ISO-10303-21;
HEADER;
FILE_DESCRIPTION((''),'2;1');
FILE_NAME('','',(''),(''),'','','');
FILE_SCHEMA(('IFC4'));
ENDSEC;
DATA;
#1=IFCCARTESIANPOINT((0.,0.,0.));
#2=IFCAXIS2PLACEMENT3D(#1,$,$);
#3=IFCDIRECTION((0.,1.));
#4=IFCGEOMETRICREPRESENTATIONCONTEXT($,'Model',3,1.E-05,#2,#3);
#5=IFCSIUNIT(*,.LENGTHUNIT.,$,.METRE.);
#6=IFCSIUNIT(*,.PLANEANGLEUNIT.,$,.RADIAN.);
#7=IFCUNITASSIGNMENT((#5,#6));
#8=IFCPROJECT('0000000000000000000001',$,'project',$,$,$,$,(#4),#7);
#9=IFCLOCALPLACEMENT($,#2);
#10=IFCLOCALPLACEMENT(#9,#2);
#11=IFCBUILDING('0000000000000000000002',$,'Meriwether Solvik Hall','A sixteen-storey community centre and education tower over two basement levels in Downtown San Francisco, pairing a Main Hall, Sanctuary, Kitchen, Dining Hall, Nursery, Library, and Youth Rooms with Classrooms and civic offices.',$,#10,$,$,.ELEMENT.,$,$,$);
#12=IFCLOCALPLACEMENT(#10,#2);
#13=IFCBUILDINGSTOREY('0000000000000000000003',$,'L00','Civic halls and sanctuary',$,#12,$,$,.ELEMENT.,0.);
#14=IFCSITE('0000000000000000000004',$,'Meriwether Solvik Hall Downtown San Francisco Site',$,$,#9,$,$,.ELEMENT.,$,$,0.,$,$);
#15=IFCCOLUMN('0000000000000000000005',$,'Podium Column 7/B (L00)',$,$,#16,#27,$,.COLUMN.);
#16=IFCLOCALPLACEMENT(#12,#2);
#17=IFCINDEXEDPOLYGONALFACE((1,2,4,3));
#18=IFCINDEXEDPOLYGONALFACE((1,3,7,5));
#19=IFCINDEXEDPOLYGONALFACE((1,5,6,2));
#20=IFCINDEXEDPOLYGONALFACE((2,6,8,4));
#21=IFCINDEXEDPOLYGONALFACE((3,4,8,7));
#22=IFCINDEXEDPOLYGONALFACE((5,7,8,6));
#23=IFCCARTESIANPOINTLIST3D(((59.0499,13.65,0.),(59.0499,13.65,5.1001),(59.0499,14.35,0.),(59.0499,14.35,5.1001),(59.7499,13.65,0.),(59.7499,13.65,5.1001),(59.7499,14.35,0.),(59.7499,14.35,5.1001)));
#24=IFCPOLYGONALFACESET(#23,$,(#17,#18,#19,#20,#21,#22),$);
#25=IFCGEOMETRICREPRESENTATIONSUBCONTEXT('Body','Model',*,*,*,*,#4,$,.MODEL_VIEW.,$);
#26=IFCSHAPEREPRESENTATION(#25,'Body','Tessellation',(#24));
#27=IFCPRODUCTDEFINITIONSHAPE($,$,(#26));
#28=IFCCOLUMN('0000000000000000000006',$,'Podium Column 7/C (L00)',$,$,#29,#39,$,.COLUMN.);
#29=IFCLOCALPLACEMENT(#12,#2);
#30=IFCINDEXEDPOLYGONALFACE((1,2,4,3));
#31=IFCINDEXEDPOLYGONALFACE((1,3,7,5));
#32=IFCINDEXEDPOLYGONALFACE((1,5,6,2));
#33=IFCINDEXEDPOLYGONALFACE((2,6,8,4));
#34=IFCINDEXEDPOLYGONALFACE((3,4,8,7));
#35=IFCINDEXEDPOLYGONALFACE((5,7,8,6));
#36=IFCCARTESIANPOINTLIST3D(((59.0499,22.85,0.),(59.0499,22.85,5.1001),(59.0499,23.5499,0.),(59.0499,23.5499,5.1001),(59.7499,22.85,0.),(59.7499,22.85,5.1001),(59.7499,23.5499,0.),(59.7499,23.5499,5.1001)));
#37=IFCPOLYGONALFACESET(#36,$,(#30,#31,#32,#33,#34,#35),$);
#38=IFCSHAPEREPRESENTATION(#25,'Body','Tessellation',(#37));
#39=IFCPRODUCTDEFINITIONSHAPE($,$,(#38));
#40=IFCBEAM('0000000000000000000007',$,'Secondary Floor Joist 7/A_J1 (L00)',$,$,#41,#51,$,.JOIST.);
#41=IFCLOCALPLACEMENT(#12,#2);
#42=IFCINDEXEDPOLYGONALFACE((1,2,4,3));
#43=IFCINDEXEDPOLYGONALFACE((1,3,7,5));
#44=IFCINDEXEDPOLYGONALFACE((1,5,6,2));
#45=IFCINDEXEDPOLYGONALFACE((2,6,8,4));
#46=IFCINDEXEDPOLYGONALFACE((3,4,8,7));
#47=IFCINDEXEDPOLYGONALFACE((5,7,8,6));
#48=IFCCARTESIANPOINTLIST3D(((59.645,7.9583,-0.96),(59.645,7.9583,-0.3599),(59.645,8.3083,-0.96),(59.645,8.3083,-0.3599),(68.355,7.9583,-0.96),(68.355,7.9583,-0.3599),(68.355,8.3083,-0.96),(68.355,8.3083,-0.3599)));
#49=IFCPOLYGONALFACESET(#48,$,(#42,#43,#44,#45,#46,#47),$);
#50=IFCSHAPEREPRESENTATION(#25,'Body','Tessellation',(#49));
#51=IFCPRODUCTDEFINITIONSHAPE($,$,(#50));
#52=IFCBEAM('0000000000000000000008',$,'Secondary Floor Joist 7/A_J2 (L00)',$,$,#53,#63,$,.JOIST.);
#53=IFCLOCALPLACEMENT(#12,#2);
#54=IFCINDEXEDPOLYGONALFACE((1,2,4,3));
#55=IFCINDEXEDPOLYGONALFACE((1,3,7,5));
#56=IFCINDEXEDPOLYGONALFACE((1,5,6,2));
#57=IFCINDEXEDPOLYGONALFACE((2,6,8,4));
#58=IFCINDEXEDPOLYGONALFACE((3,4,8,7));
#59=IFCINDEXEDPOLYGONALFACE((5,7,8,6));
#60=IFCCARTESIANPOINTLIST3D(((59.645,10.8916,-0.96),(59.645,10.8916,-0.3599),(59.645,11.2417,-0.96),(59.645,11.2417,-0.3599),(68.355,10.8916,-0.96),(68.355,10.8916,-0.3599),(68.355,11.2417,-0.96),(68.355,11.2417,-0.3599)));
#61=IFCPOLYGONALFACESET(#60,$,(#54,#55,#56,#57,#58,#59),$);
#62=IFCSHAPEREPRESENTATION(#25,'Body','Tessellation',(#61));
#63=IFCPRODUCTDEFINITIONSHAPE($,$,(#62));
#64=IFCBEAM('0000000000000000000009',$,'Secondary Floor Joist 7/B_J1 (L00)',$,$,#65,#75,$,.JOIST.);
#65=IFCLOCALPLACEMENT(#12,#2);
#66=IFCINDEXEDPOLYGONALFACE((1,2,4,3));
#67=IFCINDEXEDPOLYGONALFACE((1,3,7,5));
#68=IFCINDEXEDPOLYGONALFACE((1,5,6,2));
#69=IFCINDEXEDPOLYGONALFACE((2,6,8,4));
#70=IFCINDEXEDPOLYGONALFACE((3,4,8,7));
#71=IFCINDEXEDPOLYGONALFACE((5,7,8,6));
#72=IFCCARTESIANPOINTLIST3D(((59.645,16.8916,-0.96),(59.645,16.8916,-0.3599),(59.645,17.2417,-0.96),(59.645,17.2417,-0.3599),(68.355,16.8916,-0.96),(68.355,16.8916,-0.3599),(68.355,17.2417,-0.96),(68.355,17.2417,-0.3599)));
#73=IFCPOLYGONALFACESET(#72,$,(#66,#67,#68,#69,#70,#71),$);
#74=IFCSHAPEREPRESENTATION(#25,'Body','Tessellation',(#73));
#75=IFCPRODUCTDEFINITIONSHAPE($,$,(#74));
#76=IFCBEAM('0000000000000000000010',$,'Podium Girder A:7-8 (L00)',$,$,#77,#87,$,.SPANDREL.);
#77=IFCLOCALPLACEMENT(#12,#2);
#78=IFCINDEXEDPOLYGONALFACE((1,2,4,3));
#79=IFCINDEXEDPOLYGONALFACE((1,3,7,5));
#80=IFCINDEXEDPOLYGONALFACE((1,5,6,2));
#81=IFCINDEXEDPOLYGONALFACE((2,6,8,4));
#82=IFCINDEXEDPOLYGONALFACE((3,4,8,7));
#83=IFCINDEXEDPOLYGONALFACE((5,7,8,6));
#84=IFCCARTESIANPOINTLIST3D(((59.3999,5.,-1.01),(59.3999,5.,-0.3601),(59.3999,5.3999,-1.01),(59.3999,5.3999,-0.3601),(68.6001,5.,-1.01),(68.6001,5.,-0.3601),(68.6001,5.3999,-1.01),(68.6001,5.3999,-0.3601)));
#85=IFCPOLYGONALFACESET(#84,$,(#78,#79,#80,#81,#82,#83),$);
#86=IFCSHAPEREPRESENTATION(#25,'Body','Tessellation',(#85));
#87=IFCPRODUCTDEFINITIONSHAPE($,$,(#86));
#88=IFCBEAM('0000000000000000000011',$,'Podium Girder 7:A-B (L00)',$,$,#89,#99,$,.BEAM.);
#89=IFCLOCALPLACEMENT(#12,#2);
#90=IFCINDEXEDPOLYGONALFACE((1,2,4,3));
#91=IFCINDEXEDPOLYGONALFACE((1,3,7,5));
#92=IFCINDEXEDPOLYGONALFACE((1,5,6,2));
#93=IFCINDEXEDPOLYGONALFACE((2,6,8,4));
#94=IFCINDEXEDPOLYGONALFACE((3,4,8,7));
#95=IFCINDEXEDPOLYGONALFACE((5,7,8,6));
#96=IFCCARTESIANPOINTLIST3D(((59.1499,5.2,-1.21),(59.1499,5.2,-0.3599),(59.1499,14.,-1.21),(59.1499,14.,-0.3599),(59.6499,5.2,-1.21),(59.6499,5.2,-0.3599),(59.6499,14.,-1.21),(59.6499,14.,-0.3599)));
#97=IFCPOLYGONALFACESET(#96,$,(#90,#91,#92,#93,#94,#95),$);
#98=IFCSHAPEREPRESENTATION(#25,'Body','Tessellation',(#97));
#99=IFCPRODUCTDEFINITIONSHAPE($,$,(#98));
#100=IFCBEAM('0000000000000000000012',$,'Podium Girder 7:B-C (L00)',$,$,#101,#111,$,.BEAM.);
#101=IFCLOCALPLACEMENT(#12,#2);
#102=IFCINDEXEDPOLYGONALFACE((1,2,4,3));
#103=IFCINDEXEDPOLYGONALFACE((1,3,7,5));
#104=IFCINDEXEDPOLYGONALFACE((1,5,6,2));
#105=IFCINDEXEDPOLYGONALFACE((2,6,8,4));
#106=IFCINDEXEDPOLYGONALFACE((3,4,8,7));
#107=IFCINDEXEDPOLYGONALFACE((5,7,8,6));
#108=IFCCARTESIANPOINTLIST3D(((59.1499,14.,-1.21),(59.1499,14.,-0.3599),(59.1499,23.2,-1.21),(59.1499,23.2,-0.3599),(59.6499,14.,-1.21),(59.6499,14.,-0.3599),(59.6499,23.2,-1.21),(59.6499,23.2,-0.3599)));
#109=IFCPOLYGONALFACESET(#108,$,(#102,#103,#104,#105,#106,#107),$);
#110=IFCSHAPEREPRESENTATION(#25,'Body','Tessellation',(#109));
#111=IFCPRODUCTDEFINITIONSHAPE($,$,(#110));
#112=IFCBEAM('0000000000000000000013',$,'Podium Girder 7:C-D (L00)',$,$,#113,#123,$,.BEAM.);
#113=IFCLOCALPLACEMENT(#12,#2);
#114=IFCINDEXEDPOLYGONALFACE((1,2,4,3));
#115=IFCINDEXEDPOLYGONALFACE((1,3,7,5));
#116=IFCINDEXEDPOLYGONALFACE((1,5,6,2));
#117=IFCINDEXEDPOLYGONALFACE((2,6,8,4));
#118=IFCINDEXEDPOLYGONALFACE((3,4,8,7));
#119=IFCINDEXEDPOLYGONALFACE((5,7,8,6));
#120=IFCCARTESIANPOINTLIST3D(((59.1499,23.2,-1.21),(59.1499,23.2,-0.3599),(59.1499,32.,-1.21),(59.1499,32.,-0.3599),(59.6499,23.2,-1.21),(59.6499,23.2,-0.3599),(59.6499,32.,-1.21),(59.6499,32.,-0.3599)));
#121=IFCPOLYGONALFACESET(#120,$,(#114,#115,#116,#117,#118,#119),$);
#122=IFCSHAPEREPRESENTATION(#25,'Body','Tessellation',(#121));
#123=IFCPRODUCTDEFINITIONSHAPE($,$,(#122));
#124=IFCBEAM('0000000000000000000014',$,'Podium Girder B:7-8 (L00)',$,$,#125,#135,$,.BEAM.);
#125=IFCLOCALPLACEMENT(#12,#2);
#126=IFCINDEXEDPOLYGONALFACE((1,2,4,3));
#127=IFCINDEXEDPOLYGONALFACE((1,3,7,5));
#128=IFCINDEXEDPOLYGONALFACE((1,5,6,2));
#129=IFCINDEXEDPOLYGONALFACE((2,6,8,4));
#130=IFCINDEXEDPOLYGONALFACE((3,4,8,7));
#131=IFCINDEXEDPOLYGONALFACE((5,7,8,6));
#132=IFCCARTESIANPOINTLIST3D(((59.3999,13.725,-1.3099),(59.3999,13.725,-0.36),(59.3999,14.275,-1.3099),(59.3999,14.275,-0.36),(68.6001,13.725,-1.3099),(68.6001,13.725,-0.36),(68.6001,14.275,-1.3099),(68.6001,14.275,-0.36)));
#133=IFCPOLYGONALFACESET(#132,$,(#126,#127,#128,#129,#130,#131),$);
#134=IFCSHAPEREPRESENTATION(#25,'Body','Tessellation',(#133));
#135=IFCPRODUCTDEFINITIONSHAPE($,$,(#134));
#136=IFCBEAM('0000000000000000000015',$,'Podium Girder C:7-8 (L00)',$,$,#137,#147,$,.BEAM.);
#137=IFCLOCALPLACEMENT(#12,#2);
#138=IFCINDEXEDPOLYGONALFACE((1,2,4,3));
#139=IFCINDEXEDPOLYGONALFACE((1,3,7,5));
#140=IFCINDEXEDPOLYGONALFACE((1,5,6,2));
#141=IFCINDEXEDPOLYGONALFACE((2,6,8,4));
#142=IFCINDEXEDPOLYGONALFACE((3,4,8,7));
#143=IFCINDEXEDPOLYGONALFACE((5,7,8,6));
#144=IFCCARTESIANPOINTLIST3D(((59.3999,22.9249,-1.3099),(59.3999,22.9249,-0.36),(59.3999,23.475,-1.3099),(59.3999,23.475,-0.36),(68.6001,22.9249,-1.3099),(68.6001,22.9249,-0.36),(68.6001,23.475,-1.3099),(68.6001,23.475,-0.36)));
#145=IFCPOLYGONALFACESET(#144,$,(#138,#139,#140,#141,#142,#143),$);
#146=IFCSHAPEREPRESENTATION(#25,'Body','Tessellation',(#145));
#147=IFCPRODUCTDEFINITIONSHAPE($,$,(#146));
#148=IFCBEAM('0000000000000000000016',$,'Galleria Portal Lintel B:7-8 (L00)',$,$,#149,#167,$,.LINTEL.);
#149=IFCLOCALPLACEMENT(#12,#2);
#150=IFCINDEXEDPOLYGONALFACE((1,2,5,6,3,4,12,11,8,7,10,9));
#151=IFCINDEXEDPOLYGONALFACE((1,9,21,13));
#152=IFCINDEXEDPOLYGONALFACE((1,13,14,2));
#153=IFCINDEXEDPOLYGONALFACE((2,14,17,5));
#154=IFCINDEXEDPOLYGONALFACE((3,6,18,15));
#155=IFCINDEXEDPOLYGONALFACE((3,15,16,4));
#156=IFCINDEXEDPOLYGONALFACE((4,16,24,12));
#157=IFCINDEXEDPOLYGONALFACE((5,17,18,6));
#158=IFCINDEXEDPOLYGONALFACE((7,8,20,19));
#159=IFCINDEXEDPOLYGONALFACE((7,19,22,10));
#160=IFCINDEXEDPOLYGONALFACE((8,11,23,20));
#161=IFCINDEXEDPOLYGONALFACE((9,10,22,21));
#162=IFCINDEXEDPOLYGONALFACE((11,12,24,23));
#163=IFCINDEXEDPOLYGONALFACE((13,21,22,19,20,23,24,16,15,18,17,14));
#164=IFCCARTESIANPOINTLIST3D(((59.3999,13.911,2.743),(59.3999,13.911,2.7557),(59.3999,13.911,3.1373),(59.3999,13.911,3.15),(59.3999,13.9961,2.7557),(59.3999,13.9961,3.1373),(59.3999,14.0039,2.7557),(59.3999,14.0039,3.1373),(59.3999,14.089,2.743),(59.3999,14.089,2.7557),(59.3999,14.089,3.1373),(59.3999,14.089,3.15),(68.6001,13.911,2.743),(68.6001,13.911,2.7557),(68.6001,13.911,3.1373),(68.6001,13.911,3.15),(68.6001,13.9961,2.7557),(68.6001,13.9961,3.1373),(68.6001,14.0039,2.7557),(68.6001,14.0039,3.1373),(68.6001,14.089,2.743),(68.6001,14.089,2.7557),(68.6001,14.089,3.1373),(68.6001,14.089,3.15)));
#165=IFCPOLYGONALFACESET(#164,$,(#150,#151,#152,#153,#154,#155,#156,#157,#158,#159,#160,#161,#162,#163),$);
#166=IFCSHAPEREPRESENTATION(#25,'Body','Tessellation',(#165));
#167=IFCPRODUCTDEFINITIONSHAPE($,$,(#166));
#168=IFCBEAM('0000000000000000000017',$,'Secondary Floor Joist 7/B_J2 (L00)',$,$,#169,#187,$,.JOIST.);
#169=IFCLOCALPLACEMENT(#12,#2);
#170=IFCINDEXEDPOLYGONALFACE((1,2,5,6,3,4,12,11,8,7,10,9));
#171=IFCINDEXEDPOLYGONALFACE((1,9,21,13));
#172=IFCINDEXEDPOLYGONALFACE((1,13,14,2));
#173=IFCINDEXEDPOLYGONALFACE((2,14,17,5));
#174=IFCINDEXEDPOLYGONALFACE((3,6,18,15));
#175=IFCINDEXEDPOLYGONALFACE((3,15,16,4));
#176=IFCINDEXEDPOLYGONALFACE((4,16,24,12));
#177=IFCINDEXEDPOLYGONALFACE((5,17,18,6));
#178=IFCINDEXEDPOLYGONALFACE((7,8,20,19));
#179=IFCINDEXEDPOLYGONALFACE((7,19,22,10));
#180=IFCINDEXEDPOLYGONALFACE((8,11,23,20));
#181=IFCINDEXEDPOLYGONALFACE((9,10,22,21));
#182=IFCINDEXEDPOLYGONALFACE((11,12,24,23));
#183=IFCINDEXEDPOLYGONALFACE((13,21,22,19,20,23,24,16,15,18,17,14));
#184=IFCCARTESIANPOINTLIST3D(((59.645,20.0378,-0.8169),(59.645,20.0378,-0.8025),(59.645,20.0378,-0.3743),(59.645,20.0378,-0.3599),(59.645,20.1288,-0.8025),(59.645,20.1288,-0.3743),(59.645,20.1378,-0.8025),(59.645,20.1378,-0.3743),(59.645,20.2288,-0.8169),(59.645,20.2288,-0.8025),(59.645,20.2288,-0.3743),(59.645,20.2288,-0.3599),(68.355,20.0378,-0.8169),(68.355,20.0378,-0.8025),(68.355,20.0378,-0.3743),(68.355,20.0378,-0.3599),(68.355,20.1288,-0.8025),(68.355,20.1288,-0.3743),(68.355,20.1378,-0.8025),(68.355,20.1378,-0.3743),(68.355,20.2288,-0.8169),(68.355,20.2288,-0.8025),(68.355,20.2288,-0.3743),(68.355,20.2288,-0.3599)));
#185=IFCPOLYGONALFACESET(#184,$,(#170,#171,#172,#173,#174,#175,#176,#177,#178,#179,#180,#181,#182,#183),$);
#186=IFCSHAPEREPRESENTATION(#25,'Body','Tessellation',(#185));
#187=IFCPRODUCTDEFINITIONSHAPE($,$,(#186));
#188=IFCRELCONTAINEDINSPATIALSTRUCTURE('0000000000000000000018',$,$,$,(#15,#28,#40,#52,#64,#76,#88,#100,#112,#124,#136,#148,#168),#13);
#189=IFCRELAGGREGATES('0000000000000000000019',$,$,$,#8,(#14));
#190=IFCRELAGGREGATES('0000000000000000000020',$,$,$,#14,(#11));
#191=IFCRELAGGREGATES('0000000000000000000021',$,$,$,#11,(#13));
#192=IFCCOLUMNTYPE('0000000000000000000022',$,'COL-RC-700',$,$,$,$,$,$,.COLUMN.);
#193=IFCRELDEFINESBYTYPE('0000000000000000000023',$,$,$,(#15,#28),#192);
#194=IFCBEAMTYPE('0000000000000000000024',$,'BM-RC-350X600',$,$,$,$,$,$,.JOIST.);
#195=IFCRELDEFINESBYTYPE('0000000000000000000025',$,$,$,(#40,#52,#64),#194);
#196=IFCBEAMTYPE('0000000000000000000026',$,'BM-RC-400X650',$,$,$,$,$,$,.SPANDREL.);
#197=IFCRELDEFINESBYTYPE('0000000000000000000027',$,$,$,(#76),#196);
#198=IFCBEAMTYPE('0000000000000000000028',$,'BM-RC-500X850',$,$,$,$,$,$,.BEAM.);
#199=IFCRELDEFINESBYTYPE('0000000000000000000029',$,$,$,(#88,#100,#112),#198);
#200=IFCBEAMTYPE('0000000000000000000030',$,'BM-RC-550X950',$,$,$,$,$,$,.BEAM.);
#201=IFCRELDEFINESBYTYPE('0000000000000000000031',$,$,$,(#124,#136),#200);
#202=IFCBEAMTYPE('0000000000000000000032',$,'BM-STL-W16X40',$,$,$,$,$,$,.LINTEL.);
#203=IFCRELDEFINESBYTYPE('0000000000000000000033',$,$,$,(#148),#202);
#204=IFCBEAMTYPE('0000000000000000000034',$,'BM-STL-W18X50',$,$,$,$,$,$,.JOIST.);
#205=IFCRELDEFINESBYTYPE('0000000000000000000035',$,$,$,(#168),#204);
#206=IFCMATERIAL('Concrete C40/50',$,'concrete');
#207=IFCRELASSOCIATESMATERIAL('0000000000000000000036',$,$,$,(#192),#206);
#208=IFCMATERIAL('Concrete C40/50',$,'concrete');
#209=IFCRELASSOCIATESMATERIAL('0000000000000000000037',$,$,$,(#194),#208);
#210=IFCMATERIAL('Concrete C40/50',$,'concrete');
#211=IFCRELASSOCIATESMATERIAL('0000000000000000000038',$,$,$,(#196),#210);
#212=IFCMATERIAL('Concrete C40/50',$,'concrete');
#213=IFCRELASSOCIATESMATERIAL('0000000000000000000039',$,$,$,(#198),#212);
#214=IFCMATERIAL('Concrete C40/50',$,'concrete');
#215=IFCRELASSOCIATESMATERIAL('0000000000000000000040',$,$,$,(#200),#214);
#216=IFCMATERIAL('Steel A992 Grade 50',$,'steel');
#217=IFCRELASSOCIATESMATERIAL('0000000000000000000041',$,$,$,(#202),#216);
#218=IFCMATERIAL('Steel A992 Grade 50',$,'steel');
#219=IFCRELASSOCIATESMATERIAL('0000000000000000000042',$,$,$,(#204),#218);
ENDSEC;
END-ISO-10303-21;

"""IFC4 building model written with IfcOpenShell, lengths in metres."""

from ifc_helpers import new_model, si_unit, direction, frame, origin, origin_2d, place, context, subcontext, project, spatial, rectangle, i_section, extrude, material, material_profile, profile_set, type_object, element, save


model = new_model("IFC4")

# Units and contexts
model_context = context("Model", 3, precision=1e-05, world=origin(), true_north=direction((0.0, 1.0)))
body_context = subcontext(model_context, "Body", "Model", "MODEL_VIEW")
ifc_project = project(units=[si_unit("LENGTHUNIT", "METRE"), si_unit("PLANEANGLEUNIT", "RADIAN")], contexts=[model_context])

# Site, building, storey
site_placement = place(None, origin())
site = spatial("IfcSite", under=ifc_project, at=site_placement, Name="Meriwether Solvik Hall Downtown San Francisco Site", CompositionType="ELEMENT", RefElevation=0.0)
building_placement = place(site_placement, origin())
building = spatial("IfcBuilding", under=site, at=building_placement, Name="Meriwether Solvik Hall", Description="A sixteen-storey community centre and education tower over two basement levels in Downtown San Francisco, pairing a Main Hall, Sanctuary, Kitchen, Dining Hall, Nursery, Library, and Youth Rooms with Classrooms and civic offices.", CompositionType="ELEMENT")
storey_placement = place(building_placement, origin())
storey = spatial("IfcBuildingStorey", under=building, at=storey_placement, Name="L00", Description="Civic halls and sanctuary", CompositionType="ELEMENT", Elevation=0.0)

# Columns
ifc_material_1 = material(Name="Concrete C40/50", Category="concrete")
ifc_material_profile_1 = material_profile(ifc_material_1, rectangle(XDim=0.7, YDim=0.7, at=origin_2d()), Name="RCC-700X700")
ifc_profile_set_1 = profile_set([ifc_material_profile_1], Name="Concrete C40/50")
column_type = type_object("IfcColumnType", Name="COL-RC-700", PredefinedType="COLUMN", material=ifc_profile_set_1)
for number, where, z_axis, x_axis, name in (
    (1, (59.3999, 14.0, 0.0), (0.0, 0.0, 1.0), (1.0, 0.0, 0.0), "Podium Column 7/B (L00)"),
    (2, (59.3999, 23.2, 0.0), (0.0, 0.0, 1.0), (1.0, 0.0, 0.0), "Podium Column 7/C (L00)"),
):
    element("IfcColumn", number, at=place(storey_placement, frame(where, z_axis=z_axis, x_axis=x_axis)), inside=storey, type_object=column_type, Name=name, PredefinedType="COLUMN", context=body_context, shape_type="SweptSolid", body=[
        extrude(rectangle(XDim=0.7, YDim=0.7, at=origin_2d()), origin(), (0.0, 0.0, 1.0), 5.1001),
    ])

# Beams
ifc_material_2 = material(Name="Concrete C40/50", Category="concrete")
ifc_material_profile_2 = material_profile(ifc_material_2, rectangle(XDim=0.3501, YDim=0.6001, at=origin_2d()), Name="RCB-350X600")
ifc_profile_set_2 = profile_set([ifc_material_profile_2], Name="Concrete C40/50")
beam_type_1 = type_object("IfcBeamType", Name="BM-RC-350X600", PredefinedType="JOIST", material=ifc_profile_set_2)
for number, where, z_axis, x_axis, name in (
    (3, (59.645, 8.1333, -0.6599), (1.0, 0.0, 0.0), (0.0, 1.0, 0.0), "Secondary Floor Joist 7/A_J1 (L00)"),
    (4, (59.645, 11.0667, -0.6599), (1.0, 0.0, 0.0), (0.0, 1.0, 0.0), "Secondary Floor Joist 7/A_J2 (L00)"),
    (5, (59.645, 17.0667, -0.6599), (1.0, 0.0, 0.0), (0.0, 1.0, 0.0), "Secondary Floor Joist 7/B_J1 (L00)"),
):
    element("IfcBeam", number, at=place(storey_placement, frame(where, z_axis=z_axis, x_axis=x_axis)), inside=storey, type_object=beam_type_1, Name=name, PredefinedType="JOIST", context=body_context, shape_type="SweptSolid", body=[
        extrude(rectangle(XDim=0.3501, YDim=0.6001, at=origin_2d()), origin(), (0.0, 0.0, 1.0), 8.71),
    ])
ifc_material_3 = material(Name="Concrete C40/50", Category="concrete")
ifc_material_profile_3 = material_profile(ifc_material_3, rectangle(XDim=0.3999, YDim=0.6499, at=origin_2d()), Name="RCB-400X650")
ifc_profile_set_3 = profile_set([ifc_material_profile_3], Name="Concrete C40/50")
beam_type_2 = type_object("IfcBeamType", Name="BM-RC-400X650", PredefinedType="SPANDREL", material=ifc_profile_set_3)
beam_1_placement = place(storey_placement, frame((59.3999, 5.2, -0.6851), z_axis=(1.0, 0.0, 0.0), x_axis=(0.0, 1.0, 0.0)))
element("IfcBeam", 6, at=beam_1_placement, inside=storey, type_object=beam_type_2, Name="Podium Girder A:7-8 (L00)", PredefinedType="SPANDREL", context=body_context, shape_type="SweptSolid", body=[
    extrude(rectangle(XDim=0.3999, YDim=0.6499, at=origin_2d()), origin(), (0.0, 0.0, 1.0), 9.2002),
])
ifc_material_4 = material(Name="Concrete C40/50", Category="concrete")
ifc_material_profile_4 = material_profile(ifc_material_4, rectangle(XDim=0.5, YDim=0.8501, at=origin_2d()), Name="RCB-500X850")
ifc_profile_set_4 = profile_set([ifc_material_profile_4], Name="Concrete C40/50")
beam_type_3 = type_object("IfcBeamType", Name="BM-RC-500X850", PredefinedType="BEAM", material=ifc_profile_set_4)
beam_2_placement = place(storey_placement, frame((59.3999, 5.2, -0.7849), z_axis=(0.0, 1.0, 0.0), x_axis=(-1.0, 0.0, 0.0)))
element("IfcBeam", 7, at=beam_2_placement, inside=storey, type_object=beam_type_3, Name="Podium Girder 7:A-B (L00)", PredefinedType="BEAM", context=body_context, shape_type="SweptSolid", body=[
    extrude(rectangle(XDim=0.5, YDim=0.8501, at=origin_2d()), origin(), (0.0, 0.0, 1.0), 8.8),
])
beam_3_placement = place(storey_placement, frame((59.3999, 14.0, -0.7849), z_axis=(0.0, 1.0, 0.0), x_axis=(-1.0, 0.0, 0.0)))
element("IfcBeam", 8, at=beam_3_placement, inside=storey, type_object=beam_type_3, Name="Podium Girder 7:B-C (L00)", PredefinedType="BEAM", context=body_context, shape_type="SweptSolid", body=[
    extrude(rectangle(XDim=0.5, YDim=0.8501, at=origin_2d()), origin(), (0.0, 0.0, 1.0), 9.2),
])
beam_4_placement = place(storey_placement, frame((59.3999, 23.2, -0.7849), z_axis=(0.0, 1.0, 0.0), x_axis=(-1.0, 0.0, 0.0)))
element("IfcBeam", 9, at=beam_4_placement, inside=storey, type_object=beam_type_3, Name="Podium Girder 7:C-D (L00)", PredefinedType="BEAM", context=body_context, shape_type="SweptSolid", body=[
    extrude(rectangle(XDim=0.5, YDim=0.8501, at=origin_2d()), origin(), (0.0, 0.0, 1.0), 8.8),
])
ifc_material_5 = material(Name="Concrete C40/50", Category="concrete")
ifc_material_profile_5 = material_profile(ifc_material_5, rectangle(XDim=0.55, YDim=0.95, at=origin_2d()), Name="RCB-550X950")
ifc_profile_set_5 = profile_set([ifc_material_profile_5], Name="Concrete C40/50")
beam_type_4 = type_object("IfcBeamType", Name="BM-RC-550X950", PredefinedType="BEAM", material=ifc_profile_set_5)
for number, where, z_axis, x_axis, name in (
    (10, (59.3999, 14.0, -0.835), (1.0, 0.0, 0.0), (0.0, 1.0, 0.0), "Podium Girder B:7-8 (L00)"),
    (11, (59.3999, 23.2, -0.835), (1.0, 0.0, 0.0), (0.0, 1.0, 0.0), "Podium Girder C:7-8 (L00)"),
):
    element("IfcBeam", number, at=place(storey_placement, frame(where, z_axis=z_axis, x_axis=x_axis)), inside=storey, type_object=beam_type_4, Name=name, PredefinedType="BEAM", context=body_context, shape_type="SweptSolid", body=[
        extrude(rectangle(XDim=0.55, YDim=0.95, at=origin_2d()), origin(), (0.0, 0.0, 1.0), 9.2002),
    ])
ifc_material_6 = material(Name="Steel A992 Grade 50", Category="steel")
ifc_material_profile_6 = material_profile(ifc_material_6, i_section(OverallWidth=0.178, OverallDepth=0.407, WebThickness=0.0078, FlangeThickness=0.0127, at=origin_2d()), Name="W16X40")
ifc_profile_set_6 = profile_set([ifc_material_profile_6], Name="Steel A992 Grade 50")
beam_type_5 = type_object("IfcBeamType", Name="BM-STL-W16X40", PredefinedType="LINTEL", material=ifc_profile_set_6)
beam_5_placement = place(storey_placement, frame((59.3999, 14.0, 2.9465), z_axis=(1.0, 0.0, 0.0), x_axis=(0.0, 1.0, 0.0)))
element("IfcBeam", 12, at=beam_5_placement, inside=storey, type_object=beam_type_5, Name="Galleria Portal Lintel B:7-8 (L00)", PredefinedType="LINTEL", context=body_context, shape_type="SweptSolid", body=[
    extrude(i_section(OverallWidth=0.178, OverallDepth=0.407, WebThickness=0.0078, FlangeThickness=0.0127, at=origin_2d()), origin(), (0.0, 0.0, 1.0), 9.2002),
])
ifc_material_7 = material(Name="Steel A992 Grade 50", Category="steel")
ifc_material_profile_7 = material_profile(ifc_material_7, i_section(OverallWidth=0.1909, OverallDepth=0.457, WebThickness=0.009, FlangeThickness=0.0144, at=origin_2d()), Name="W18X50")
ifc_profile_set_7 = profile_set([ifc_material_profile_7], Name="Steel A992 Grade 50")
beam_type_6 = type_object("IfcBeamType", Name="BM-STL-W18X50", PredefinedType="JOIST", material=ifc_profile_set_7)
beam_6_placement = place(storey_placement, frame((59.645, 20.1333, -0.5884), z_axis=(1.0, 0.0, 0.0), x_axis=(0.0, 1.0, 0.0)))
element("IfcBeam", 13, at=beam_6_placement, inside=storey, type_object=beam_type_6, Name="Secondary Floor Joist 7/B_J2 (L00)", PredefinedType="JOIST", context=body_context, shape_type="SweptSolid", body=[
    extrude(i_section(OverallWidth=0.1909, OverallDepth=0.457, WebThickness=0.009, FlangeThickness=0.0144, at=origin_2d()), origin(), (0.0, 0.0, 1.0), 8.71),
])

save(model, "model.ifc")
